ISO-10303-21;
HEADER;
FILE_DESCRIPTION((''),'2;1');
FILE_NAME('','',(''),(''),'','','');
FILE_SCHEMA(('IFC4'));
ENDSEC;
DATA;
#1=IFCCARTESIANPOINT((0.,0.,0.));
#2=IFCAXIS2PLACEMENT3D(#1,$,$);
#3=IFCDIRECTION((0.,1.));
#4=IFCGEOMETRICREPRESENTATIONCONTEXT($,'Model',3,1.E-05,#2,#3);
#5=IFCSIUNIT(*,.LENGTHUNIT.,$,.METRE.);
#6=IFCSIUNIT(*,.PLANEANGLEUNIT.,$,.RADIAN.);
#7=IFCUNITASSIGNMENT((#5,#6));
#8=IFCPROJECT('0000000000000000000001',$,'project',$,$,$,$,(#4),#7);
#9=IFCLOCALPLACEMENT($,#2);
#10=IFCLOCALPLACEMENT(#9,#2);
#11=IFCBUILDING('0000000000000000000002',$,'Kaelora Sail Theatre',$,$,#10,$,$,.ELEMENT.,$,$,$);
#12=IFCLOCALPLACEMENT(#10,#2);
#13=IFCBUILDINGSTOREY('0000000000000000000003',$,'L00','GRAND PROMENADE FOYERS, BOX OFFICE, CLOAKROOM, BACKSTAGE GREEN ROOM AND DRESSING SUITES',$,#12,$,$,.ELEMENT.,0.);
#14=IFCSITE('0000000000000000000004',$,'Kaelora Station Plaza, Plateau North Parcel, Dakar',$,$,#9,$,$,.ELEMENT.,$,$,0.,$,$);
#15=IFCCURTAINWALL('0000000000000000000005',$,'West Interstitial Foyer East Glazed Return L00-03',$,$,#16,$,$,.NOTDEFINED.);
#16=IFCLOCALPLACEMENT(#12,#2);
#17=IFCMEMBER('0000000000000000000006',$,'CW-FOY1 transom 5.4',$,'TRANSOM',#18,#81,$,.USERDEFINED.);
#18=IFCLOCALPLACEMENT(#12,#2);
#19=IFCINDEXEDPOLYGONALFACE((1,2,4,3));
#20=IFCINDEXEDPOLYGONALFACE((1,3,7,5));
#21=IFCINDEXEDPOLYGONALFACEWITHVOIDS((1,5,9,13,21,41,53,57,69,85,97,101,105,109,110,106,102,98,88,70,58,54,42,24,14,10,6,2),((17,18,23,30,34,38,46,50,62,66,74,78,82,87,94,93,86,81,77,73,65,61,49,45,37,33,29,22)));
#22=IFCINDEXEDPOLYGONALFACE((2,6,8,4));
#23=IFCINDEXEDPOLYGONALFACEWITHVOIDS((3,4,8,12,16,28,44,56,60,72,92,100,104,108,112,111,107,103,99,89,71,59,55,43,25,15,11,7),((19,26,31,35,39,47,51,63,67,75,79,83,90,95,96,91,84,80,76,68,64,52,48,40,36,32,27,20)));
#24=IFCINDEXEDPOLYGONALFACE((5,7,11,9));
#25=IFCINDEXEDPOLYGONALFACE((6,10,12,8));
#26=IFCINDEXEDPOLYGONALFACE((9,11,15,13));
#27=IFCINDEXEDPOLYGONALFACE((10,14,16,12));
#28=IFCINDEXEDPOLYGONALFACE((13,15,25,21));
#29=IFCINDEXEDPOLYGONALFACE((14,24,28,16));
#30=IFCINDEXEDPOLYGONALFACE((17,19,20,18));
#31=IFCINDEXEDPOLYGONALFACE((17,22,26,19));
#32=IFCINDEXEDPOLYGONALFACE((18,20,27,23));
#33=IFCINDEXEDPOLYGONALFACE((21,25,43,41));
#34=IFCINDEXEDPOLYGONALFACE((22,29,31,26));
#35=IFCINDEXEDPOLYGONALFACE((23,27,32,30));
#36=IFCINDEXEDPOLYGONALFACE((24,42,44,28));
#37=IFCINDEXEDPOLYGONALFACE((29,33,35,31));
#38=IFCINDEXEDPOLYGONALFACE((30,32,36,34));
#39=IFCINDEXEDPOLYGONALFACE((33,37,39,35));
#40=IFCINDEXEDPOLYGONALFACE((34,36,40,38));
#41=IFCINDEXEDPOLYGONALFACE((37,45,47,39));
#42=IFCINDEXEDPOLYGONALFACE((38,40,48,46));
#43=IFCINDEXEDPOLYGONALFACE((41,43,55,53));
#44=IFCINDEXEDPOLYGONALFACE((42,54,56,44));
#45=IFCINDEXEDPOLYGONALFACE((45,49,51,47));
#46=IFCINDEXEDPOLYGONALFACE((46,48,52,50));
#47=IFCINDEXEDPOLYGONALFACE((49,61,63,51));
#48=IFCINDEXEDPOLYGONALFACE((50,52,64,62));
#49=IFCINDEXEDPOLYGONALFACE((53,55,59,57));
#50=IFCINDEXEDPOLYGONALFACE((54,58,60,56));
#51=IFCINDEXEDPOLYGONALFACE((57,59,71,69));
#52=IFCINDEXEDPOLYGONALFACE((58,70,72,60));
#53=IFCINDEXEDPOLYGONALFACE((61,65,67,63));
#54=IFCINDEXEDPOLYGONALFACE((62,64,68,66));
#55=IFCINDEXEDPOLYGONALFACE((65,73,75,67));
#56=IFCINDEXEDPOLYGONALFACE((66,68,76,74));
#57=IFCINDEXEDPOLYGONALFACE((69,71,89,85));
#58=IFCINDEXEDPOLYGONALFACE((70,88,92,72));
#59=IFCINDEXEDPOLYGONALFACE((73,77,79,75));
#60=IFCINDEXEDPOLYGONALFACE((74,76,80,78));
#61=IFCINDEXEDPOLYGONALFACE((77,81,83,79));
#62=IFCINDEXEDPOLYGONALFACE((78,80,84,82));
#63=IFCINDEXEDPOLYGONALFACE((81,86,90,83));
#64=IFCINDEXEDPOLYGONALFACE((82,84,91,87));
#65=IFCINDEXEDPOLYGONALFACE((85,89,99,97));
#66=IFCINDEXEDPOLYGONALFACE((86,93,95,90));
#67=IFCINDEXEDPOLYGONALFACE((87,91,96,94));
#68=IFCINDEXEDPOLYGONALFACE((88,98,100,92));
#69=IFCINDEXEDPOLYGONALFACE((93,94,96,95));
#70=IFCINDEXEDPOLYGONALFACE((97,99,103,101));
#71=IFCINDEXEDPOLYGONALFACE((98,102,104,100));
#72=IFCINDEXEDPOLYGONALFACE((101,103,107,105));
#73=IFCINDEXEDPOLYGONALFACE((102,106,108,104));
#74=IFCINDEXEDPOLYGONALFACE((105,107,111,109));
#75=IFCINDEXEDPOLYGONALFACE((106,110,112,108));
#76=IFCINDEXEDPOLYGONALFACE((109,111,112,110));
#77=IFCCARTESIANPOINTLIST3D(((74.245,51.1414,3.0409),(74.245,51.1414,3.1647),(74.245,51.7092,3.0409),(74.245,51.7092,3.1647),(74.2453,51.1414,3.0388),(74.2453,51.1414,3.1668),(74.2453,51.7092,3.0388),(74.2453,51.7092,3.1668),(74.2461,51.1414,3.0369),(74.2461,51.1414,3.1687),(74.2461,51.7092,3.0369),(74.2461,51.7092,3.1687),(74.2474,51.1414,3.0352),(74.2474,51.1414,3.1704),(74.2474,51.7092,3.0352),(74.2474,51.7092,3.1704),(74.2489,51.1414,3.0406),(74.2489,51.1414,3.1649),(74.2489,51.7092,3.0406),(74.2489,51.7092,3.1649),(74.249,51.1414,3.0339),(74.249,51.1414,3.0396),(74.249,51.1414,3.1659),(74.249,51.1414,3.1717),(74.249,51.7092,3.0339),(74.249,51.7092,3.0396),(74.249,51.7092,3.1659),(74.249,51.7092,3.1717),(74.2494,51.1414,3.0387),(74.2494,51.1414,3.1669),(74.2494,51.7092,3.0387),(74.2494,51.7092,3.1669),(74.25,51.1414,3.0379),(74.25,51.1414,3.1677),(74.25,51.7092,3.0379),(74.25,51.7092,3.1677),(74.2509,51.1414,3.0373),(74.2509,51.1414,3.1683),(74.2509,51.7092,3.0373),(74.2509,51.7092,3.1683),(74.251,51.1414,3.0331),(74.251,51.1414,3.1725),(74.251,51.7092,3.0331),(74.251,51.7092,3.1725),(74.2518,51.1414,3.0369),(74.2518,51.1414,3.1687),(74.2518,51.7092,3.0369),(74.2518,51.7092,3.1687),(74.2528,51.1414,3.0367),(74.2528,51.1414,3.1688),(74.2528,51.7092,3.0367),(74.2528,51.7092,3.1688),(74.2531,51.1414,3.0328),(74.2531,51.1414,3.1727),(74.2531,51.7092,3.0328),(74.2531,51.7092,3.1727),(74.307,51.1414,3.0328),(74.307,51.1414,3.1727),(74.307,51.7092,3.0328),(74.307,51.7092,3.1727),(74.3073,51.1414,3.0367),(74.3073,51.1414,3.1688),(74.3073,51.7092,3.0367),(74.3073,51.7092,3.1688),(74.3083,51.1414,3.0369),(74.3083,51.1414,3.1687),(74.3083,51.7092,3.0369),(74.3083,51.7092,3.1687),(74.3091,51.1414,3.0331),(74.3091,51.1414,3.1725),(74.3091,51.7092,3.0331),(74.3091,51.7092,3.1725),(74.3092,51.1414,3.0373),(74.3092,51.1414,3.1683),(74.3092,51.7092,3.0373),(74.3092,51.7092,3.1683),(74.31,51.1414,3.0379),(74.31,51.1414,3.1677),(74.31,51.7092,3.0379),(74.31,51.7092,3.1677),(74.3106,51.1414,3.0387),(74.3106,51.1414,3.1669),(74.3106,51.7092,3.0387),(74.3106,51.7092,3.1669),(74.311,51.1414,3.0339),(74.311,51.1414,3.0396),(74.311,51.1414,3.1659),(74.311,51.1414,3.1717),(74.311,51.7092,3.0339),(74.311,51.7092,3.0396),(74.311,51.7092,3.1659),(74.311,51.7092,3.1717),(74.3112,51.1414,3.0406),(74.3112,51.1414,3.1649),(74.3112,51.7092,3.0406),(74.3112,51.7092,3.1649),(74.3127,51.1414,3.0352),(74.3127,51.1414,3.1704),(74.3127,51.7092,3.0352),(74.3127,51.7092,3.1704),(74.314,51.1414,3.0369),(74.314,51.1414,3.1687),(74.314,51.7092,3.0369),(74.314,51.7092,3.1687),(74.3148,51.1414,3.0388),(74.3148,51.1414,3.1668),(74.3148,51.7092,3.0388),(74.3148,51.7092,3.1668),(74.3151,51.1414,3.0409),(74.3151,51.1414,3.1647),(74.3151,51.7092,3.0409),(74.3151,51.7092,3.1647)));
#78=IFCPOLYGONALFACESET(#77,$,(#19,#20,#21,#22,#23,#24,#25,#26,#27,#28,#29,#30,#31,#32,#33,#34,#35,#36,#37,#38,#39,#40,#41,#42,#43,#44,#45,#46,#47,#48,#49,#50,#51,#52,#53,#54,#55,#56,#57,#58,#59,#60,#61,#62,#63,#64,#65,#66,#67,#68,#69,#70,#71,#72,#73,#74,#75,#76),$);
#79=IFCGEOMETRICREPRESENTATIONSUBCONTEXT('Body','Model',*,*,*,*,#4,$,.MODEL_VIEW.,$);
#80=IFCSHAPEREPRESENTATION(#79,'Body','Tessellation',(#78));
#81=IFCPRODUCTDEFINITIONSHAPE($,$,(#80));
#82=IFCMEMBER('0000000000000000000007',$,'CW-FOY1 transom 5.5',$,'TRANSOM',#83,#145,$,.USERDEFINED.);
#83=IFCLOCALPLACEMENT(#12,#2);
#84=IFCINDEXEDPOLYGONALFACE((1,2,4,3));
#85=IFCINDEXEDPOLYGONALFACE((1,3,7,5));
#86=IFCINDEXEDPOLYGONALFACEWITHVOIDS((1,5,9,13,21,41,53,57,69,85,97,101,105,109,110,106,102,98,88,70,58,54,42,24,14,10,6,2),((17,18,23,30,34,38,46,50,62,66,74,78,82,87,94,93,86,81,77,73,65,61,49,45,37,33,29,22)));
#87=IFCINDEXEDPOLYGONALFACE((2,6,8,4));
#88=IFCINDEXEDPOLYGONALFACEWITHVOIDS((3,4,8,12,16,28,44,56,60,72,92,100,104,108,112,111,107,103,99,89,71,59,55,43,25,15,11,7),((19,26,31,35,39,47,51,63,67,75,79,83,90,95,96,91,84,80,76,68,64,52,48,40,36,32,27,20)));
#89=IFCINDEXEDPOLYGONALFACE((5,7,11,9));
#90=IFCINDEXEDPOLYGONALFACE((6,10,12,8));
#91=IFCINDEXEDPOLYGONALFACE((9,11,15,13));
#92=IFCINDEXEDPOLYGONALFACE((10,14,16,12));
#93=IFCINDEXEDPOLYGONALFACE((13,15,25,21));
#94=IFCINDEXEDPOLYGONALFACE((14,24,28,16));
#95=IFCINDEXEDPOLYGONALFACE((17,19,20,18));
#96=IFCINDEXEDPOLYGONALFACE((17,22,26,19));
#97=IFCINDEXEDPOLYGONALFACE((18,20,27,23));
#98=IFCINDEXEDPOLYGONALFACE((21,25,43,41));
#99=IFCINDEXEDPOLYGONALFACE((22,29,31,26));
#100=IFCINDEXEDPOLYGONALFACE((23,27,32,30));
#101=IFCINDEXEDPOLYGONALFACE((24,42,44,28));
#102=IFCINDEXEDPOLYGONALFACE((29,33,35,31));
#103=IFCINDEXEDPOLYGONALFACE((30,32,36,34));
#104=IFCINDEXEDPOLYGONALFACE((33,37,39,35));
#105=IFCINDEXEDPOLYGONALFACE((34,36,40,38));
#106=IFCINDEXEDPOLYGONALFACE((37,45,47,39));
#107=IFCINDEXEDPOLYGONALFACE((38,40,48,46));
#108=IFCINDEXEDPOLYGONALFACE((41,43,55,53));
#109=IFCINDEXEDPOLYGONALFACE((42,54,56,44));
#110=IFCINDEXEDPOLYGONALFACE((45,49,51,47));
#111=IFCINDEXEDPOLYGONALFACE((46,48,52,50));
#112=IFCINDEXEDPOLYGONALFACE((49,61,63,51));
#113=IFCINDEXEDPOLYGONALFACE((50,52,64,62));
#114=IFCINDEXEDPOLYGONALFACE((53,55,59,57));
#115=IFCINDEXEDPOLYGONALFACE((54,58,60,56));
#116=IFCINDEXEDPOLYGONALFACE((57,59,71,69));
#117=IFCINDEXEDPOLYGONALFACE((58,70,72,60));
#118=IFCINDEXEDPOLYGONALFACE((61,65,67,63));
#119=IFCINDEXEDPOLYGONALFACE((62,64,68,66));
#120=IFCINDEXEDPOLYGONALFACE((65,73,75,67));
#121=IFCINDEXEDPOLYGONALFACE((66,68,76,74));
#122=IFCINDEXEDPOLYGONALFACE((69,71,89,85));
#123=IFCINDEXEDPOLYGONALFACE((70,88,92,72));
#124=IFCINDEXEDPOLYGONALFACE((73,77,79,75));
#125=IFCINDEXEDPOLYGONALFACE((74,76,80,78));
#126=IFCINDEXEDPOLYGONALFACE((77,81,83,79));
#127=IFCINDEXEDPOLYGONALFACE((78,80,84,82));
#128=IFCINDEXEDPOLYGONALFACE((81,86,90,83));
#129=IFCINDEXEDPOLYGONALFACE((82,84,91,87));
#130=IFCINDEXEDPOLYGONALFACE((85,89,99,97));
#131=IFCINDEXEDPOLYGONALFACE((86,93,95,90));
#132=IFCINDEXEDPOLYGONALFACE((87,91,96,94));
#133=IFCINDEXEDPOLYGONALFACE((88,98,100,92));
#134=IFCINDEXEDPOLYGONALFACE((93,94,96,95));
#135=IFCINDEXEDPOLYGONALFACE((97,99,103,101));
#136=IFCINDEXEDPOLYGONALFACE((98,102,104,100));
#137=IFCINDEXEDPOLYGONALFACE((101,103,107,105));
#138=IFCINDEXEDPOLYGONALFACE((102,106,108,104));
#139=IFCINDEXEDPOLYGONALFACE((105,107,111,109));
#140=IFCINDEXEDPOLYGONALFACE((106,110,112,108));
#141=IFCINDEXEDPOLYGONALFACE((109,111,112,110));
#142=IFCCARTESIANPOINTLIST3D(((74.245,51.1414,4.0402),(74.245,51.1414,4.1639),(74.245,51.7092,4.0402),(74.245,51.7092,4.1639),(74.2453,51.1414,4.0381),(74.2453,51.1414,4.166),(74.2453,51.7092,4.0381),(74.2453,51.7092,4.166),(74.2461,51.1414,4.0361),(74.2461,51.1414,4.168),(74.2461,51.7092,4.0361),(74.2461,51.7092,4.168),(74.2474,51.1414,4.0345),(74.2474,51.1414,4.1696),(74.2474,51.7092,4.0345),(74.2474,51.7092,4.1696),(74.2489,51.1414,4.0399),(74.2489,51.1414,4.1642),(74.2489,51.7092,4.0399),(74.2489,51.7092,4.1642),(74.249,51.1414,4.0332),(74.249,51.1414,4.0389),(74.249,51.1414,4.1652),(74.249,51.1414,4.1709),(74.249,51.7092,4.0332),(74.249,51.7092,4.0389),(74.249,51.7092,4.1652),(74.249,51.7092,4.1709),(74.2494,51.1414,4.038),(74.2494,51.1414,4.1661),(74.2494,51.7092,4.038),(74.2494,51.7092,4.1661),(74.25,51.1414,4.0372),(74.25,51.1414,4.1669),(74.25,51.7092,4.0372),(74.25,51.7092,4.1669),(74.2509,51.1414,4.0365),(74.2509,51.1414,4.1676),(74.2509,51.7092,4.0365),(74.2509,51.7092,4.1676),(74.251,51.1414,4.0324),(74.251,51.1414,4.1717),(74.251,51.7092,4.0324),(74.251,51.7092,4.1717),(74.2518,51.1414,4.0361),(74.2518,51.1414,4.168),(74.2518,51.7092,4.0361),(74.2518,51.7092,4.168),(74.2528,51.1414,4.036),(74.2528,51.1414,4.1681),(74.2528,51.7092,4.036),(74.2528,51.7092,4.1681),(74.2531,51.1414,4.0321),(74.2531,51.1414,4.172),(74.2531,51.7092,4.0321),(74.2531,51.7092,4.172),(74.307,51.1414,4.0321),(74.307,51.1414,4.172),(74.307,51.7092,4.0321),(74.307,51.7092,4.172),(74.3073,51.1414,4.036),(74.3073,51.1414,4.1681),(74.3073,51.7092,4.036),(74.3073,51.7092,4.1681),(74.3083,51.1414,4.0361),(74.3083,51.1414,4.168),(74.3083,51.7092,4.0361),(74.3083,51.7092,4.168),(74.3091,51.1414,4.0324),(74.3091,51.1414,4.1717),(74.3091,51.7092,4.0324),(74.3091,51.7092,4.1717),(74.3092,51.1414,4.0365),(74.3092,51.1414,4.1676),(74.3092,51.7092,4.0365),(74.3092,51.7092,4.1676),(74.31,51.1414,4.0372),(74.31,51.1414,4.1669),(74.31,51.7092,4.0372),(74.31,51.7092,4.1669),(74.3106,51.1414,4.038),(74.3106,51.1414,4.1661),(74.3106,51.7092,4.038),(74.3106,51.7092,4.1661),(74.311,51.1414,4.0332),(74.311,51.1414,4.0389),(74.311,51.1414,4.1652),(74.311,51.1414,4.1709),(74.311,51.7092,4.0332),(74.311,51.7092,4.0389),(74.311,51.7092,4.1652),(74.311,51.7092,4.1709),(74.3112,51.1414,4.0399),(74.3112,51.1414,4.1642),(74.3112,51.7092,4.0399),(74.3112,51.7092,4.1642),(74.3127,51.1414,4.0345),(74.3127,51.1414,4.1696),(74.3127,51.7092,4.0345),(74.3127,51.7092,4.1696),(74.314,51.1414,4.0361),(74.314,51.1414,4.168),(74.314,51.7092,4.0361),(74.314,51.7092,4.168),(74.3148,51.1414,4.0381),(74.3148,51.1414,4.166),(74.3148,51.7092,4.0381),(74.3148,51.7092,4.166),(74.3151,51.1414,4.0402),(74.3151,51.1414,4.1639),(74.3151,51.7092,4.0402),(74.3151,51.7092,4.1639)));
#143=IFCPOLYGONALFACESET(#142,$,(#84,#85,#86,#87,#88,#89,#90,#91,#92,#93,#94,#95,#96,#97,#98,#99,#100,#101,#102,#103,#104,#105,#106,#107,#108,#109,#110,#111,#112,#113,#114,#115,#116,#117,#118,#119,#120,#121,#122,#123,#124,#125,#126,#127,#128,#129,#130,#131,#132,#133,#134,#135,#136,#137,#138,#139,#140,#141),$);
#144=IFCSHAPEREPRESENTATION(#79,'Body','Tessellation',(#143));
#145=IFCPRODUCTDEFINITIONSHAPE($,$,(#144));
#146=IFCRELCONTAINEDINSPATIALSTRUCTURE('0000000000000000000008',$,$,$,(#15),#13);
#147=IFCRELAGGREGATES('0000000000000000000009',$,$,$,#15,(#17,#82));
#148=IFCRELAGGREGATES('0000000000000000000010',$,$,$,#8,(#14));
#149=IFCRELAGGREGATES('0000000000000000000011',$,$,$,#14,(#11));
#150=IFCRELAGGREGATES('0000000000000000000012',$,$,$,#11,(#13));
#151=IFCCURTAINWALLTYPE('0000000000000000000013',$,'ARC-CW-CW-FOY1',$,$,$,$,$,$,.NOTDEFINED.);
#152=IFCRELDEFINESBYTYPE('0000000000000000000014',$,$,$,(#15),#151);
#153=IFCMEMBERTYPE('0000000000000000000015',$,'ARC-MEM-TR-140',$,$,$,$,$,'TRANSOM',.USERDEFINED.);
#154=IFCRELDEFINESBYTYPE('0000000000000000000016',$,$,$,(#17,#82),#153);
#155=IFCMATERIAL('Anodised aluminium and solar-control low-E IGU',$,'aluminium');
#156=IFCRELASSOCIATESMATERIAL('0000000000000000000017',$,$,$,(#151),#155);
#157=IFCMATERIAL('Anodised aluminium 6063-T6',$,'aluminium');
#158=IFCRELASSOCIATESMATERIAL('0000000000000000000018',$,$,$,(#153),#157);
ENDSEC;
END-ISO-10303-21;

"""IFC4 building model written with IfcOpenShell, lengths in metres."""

from ifc_helpers import new_model, si_unit, direction, frame, origin, origin_2d, place, context, subcontext, project, spatial, hollow_rectangle, extrude, material, material_profile, profile_set, type_object, element, aggregate, save


model = new_model("IFC4")

# Units and contexts
model_context = context("Model", 3, precision=1e-05, world=origin(), true_north=direction((0.0, 1.0)))
body_context = subcontext(model_context, "Body", "Model", "MODEL_VIEW")
ifc_project = project(units=[si_unit("LENGTHUNIT", "METRE"), si_unit("PLANEANGLEUNIT", "RADIAN")], contexts=[model_context])

# Site, building, storey
site_placement = place(None, origin())
site = spatial("IfcSite", under=ifc_project, at=site_placement, Name="Kaelora Station Plaza, Plateau North Parcel, Dakar", CompositionType="ELEMENT", RefElevation=0.0)
building_placement = place(site_placement, origin())
building = spatial("IfcBuilding", under=site, at=building_placement, Name="Kaelora Sail Theatre", CompositionType="ELEMENT")
storey_placement = place(building_placement, origin())
storey = spatial("IfcBuildingStorey", under=building, at=storey_placement, Name="L00", Description="GRAND PROMENADE FOYERS, BOX OFFICE, CLOAKROOM, BACKSTAGE GREEN ROOM AND DRESSING SUITES", CompositionType="ELEMENT", Elevation=0.0)

# Curtain wall, members
ifc_material_1 = material(Name="Anodised aluminium and solar-control low-E IGU", Category="aluminium")
curtain_wall_type = type_object("IfcCurtainWallType", Name="ARC-CW-CW-FOY1", PredefinedType="NOTDEFINED", material=ifc_material_1)
curtain_wall_placement = place(storey_placement, origin())
curtain_wall = element("IfcCurtainWall", 1, at=curtain_wall_placement, inside=storey, type_object=curtain_wall_type, Name="West Interstitial Foyer East Glazed Return L00-03", PredefinedType="NOTDEFINED")
ifc_material_2 = material(Name="Anodised aluminium 6063-T6", Category="aluminium")
ifc_material_profile_1 = material_profile(ifc_material_2, hollow_rectangle(XDim=0.0701, YDim=0.1399, WallThickness=0.0039, InnerFilletRadius=0.0039, OuterFilletRadius=0.0081, at=origin_2d()), Name="ALU-TRAN 70x140x4")
ifc_profile_set_1 = profile_set([ifc_material_profile_1], Name="Anodised aluminium 6063-T6")
member_type_1 = type_object("IfcMemberType", Name="ARC-MEM-TR-140", ElementType="TRANSOM", PredefinedType="USERDEFINED", material=ifc_profile_set_1)
member_1_placement = place(storey_placement, frame((74.28, 51.1414, 3.1028), z_axis=(0.0, 1.0, 0.0), x_axis=(-1.0, 0.0, 0.0)))
member_1 = element("IfcMember", 2, at=member_1_placement, type_object=member_type_1, Name="CW-FOY1 transom 5.4", ObjectType="TRANSOM", PredefinedType="USERDEFINED", context=body_context, shape_type="SweptSolid", body=[
    extrude(hollow_rectangle(XDim=0.0701, YDim=0.1399, WallThickness=0.0039, InnerFilletRadius=0.0039, OuterFilletRadius=0.0081, at=origin_2d()), origin(), (0.0, 0.0, 1.0), 0.5679),
])
member_2_placement = place(storey_placement, frame((74.28, 51.1414, 4.1021), z_axis=(0.0, 1.0, 0.0), x_axis=(-1.0, 0.0, 0.0)))
member_2 = element("IfcMember", 3, at=member_2_placement, type_object=member_type_1, Name="CW-FOY1 transom 5.5", ObjectType="TRANSOM", PredefinedType="USERDEFINED", context=body_context, shape_type="SweptSolid", body=[
    extrude(hollow_rectangle(XDim=0.0701, YDim=0.1399, WallThickness=0.0039, InnerFilletRadius=0.0039, OuterFilletRadius=0.0081, at=origin_2d()), origin(), (0.0, 0.0, 1.0), 0.5679),
])
aggregate(curtain_wall, [member_1, member_2])

save(model, "model.ifc")
